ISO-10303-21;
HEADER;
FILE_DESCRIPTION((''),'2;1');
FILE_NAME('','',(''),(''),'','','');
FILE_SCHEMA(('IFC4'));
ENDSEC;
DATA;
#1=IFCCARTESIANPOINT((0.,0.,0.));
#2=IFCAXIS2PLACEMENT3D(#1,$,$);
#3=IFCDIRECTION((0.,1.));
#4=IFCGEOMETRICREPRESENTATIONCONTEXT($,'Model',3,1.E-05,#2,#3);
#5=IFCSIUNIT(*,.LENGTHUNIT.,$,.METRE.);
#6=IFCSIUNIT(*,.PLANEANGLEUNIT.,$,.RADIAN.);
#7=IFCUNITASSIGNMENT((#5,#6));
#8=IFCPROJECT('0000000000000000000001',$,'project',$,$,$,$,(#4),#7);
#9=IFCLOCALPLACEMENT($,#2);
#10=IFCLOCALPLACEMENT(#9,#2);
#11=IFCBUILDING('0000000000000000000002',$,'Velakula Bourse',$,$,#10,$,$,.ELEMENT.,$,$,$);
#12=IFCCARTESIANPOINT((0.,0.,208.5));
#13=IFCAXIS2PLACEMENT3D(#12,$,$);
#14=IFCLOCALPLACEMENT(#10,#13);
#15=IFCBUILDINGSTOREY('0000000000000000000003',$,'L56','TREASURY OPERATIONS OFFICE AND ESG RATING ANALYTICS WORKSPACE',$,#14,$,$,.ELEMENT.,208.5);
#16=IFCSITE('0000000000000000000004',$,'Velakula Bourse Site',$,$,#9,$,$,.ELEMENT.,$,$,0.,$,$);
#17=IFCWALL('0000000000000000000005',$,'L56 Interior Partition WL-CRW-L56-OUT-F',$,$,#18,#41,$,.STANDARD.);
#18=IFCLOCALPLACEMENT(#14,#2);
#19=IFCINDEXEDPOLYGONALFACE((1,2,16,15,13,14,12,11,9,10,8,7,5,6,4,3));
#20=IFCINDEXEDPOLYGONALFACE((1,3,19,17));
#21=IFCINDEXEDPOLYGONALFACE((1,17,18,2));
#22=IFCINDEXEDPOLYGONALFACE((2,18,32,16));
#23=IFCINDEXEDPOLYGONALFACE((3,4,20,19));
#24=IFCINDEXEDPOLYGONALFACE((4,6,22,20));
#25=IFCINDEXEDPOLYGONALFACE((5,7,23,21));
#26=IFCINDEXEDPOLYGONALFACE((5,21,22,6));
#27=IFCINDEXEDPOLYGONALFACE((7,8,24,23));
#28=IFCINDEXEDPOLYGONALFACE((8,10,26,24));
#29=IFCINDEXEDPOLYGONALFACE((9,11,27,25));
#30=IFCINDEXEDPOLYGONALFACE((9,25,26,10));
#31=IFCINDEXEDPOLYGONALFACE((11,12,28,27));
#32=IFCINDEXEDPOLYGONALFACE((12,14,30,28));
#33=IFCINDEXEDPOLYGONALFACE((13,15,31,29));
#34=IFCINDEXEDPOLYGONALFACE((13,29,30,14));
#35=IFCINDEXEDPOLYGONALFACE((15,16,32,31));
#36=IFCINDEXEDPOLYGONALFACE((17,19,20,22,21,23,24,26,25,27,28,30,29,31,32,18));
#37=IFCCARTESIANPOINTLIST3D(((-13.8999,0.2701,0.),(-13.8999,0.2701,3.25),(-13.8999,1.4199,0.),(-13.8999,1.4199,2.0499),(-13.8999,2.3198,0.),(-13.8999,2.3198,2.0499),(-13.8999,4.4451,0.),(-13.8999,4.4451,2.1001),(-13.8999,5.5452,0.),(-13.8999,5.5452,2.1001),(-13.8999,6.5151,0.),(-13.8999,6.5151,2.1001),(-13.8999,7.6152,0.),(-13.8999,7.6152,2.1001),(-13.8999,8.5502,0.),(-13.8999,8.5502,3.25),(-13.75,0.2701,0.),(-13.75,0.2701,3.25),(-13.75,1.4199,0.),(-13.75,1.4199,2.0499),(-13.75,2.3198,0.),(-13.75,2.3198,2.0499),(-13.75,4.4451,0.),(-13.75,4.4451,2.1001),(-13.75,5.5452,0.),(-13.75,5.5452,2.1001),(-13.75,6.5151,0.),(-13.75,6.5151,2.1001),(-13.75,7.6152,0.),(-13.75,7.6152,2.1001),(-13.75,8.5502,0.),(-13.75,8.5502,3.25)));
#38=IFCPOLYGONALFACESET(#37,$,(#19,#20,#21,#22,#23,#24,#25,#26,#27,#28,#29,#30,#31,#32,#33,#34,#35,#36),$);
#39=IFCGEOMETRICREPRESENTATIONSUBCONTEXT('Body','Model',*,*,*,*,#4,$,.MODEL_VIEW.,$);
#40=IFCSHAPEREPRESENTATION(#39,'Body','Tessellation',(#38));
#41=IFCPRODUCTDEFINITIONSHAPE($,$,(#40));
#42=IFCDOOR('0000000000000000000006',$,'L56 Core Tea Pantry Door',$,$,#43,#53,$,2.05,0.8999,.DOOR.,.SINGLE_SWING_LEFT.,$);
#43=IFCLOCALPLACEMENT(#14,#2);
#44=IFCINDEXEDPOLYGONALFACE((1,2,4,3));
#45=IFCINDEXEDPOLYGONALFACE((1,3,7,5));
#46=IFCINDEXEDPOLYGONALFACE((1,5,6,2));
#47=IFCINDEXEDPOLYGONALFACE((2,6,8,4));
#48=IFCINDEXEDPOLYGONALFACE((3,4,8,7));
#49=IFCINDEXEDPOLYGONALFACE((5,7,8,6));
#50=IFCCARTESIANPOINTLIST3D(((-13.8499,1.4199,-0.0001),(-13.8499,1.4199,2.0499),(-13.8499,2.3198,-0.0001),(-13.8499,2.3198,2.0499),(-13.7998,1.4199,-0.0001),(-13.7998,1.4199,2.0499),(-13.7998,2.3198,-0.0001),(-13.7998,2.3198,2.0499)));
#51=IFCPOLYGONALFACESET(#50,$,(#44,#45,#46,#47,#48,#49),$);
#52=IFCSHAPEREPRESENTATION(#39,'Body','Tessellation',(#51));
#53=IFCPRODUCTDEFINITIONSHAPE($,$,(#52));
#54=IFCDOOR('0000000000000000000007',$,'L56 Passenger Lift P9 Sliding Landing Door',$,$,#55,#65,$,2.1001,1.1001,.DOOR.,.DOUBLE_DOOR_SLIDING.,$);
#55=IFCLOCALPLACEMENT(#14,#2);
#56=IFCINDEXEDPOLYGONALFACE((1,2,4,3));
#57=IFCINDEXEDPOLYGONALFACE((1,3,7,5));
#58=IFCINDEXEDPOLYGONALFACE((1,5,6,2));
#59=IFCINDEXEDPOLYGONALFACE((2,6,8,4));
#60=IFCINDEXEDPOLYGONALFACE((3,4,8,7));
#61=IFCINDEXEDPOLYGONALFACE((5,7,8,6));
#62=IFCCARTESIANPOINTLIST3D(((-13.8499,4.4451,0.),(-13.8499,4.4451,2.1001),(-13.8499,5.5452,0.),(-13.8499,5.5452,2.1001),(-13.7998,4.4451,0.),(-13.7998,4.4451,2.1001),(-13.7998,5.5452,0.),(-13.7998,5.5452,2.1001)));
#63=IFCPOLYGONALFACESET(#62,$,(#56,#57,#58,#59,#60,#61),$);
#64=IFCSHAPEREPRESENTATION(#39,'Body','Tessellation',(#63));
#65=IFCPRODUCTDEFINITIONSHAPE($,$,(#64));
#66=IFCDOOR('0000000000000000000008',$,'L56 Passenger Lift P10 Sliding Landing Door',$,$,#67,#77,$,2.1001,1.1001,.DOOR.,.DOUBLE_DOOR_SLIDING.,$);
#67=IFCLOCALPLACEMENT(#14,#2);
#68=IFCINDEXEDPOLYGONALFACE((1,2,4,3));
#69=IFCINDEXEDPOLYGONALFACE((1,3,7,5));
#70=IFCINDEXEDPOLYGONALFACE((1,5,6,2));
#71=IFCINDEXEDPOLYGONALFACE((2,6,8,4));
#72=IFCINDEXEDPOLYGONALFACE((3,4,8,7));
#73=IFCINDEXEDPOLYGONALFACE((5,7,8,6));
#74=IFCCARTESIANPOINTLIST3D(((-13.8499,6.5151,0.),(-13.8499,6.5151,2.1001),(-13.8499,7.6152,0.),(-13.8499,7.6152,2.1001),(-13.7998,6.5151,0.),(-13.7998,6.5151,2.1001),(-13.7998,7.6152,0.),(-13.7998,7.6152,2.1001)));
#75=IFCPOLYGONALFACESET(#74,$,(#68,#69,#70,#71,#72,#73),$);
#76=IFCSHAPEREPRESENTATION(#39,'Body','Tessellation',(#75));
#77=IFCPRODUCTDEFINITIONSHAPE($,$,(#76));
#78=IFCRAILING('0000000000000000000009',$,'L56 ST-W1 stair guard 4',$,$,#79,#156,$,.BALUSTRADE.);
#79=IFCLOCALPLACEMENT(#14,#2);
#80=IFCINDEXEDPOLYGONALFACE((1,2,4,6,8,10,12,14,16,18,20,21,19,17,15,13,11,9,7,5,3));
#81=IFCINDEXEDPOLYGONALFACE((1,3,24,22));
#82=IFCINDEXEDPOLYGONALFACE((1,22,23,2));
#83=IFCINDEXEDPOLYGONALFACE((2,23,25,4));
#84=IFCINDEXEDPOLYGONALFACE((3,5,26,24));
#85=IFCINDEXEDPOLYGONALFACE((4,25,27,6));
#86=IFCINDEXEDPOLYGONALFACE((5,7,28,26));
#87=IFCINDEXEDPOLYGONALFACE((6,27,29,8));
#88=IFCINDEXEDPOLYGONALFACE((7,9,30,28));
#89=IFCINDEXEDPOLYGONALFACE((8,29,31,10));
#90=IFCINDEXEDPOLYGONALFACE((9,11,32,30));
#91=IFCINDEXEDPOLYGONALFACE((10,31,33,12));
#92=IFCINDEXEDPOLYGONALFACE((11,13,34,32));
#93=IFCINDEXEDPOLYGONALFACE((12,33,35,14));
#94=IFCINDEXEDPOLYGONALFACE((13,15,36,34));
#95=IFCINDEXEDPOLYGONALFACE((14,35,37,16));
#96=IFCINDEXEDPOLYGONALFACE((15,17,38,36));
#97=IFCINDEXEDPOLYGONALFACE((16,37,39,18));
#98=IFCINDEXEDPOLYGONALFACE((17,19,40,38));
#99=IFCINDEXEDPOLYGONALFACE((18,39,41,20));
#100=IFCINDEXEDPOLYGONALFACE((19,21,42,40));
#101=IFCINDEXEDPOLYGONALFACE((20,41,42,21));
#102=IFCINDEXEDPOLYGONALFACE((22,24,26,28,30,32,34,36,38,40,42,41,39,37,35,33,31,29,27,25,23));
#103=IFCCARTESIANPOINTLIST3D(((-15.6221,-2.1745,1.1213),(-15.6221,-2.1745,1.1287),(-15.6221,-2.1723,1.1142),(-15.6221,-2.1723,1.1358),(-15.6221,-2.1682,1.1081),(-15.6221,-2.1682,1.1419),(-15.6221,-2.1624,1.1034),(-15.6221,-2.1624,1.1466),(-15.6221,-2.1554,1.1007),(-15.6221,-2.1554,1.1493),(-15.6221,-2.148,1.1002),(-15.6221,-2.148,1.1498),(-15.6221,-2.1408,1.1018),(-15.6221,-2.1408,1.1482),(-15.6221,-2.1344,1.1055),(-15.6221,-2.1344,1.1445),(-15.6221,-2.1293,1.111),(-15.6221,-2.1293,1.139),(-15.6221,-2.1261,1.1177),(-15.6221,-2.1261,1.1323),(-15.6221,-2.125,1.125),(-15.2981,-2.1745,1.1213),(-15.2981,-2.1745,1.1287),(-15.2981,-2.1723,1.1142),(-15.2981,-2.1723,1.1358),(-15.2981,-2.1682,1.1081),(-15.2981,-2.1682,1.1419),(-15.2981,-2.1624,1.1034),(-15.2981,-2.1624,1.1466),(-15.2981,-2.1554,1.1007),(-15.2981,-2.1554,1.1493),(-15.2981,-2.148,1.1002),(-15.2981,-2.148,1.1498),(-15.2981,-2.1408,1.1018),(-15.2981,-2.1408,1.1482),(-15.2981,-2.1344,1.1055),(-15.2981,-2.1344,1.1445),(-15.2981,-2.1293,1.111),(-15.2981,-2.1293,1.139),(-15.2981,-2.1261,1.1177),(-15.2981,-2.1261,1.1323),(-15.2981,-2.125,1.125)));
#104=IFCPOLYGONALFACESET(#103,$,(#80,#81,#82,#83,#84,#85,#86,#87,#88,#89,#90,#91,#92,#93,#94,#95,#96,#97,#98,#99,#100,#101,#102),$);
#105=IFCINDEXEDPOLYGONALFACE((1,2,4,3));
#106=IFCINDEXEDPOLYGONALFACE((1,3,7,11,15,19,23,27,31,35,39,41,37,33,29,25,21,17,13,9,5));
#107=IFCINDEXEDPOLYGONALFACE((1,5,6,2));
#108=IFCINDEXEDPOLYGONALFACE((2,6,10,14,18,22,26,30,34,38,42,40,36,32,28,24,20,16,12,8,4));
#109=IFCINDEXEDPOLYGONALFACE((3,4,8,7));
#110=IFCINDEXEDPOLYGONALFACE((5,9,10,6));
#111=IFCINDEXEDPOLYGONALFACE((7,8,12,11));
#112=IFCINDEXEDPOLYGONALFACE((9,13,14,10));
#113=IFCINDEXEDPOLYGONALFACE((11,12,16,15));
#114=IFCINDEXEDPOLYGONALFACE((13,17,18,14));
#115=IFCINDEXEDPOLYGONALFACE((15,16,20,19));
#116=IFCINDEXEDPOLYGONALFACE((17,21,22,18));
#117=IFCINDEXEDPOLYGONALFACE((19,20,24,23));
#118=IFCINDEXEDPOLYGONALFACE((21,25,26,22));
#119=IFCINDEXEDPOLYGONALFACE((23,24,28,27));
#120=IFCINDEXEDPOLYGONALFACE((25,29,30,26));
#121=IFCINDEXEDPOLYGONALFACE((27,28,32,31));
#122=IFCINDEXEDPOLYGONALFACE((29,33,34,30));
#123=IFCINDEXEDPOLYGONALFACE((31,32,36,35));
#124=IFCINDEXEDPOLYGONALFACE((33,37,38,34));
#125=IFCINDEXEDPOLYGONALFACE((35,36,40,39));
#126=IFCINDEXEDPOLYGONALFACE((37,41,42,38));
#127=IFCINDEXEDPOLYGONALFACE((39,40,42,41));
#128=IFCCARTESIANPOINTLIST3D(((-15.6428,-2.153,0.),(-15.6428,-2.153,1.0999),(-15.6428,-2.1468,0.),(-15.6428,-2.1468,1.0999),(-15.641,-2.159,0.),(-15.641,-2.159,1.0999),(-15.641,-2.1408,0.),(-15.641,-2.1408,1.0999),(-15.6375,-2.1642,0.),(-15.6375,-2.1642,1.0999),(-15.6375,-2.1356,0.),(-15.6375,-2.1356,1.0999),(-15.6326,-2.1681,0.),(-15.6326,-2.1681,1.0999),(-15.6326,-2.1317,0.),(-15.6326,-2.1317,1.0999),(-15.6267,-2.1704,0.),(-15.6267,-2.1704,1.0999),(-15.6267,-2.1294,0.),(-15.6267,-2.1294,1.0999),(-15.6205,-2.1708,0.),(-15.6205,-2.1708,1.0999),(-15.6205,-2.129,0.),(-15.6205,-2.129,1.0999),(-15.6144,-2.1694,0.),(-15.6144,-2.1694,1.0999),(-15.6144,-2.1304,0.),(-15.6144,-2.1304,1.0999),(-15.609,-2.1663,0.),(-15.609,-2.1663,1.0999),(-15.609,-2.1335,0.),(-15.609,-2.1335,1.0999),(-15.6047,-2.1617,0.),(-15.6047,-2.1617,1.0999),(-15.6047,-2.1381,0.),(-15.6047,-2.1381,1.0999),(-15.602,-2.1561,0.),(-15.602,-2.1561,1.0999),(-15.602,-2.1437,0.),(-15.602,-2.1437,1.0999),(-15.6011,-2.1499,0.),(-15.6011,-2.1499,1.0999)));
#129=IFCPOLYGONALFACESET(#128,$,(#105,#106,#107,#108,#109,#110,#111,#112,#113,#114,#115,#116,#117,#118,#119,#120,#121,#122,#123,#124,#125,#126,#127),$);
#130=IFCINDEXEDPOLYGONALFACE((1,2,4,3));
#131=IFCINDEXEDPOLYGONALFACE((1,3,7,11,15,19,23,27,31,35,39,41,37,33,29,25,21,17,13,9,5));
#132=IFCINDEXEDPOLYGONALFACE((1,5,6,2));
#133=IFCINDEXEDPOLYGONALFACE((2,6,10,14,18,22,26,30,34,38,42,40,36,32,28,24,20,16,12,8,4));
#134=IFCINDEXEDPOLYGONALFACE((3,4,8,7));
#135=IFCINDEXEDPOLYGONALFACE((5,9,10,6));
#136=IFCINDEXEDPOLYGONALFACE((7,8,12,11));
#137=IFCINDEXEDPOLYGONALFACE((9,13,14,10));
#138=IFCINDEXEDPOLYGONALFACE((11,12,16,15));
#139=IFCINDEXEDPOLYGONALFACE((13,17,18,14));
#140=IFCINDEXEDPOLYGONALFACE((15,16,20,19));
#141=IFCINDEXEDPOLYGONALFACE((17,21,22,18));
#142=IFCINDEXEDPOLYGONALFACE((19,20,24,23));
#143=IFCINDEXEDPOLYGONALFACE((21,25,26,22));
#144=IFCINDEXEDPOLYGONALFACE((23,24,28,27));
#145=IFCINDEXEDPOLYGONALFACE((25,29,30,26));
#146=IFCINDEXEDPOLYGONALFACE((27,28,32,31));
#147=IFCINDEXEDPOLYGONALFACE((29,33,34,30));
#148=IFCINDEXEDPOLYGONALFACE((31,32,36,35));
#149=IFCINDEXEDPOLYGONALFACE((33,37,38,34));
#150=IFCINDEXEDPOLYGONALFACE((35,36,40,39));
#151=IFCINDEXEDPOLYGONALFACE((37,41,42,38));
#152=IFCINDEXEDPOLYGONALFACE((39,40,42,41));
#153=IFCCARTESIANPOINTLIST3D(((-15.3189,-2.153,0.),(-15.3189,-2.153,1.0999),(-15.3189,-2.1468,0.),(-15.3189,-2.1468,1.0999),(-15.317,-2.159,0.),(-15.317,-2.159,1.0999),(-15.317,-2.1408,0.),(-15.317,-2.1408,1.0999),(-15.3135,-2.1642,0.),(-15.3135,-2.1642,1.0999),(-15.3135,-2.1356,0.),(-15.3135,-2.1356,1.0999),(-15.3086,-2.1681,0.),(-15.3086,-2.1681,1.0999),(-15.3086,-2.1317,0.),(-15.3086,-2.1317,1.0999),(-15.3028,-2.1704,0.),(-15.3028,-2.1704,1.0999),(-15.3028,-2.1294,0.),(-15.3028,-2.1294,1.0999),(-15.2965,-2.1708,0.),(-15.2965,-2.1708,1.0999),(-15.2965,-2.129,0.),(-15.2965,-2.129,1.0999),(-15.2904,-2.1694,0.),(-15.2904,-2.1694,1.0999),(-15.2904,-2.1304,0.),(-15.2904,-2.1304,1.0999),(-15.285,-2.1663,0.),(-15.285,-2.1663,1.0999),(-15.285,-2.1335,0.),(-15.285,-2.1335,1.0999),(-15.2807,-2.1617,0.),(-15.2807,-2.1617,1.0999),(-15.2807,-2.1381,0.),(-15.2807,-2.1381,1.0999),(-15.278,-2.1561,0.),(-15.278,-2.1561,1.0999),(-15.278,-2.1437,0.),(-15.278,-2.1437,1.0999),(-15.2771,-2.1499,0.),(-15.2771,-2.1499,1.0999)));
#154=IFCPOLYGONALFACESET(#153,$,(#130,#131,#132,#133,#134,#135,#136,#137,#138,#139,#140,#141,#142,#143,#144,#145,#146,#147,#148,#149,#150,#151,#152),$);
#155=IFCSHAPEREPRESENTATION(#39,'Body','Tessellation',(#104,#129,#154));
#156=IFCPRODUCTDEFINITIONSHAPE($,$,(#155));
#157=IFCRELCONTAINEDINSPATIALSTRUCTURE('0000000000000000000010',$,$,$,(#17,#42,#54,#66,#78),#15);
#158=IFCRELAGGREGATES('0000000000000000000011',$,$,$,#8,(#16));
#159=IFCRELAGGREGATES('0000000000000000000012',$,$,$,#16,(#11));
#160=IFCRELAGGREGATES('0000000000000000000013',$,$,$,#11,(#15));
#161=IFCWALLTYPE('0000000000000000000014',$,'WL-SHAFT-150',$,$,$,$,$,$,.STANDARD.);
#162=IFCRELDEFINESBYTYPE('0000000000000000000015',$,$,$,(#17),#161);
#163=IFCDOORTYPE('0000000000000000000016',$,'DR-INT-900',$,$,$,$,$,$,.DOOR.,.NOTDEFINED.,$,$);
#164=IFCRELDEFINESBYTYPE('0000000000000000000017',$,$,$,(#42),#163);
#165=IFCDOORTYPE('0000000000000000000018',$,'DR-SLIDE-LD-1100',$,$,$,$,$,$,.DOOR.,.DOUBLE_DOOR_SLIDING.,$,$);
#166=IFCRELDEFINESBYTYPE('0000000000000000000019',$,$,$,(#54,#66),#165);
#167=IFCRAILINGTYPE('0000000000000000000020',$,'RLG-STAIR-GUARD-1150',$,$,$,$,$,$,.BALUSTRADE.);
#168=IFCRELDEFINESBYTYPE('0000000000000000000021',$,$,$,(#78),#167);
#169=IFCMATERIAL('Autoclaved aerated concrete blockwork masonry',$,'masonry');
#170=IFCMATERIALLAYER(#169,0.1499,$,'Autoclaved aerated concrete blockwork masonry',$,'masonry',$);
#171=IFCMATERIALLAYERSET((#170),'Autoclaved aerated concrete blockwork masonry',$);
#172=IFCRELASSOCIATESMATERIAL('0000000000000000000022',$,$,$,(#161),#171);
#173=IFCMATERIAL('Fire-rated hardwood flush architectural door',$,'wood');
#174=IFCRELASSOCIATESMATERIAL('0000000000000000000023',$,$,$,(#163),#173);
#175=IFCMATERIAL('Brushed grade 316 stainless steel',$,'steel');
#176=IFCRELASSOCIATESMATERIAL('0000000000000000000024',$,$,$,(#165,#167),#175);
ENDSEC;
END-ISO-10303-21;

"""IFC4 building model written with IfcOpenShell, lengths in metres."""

from ifc_helpers import new_model, si_unit, direction, frame, frame_2d, origin, origin_2d, place, context, subcontext, project, spatial, rectangle, circle, extrude, material, layer, layer_set, type_object, element, fill, save


model = new_model("IFC4")

# Units and contexts
model_context = context("Model", 3, precision=1e-05, world=origin(), true_north=direction((0.0, 1.0)))
body_context = subcontext(model_context, "Body", "Model", "MODEL_VIEW")
ifc_project = project(units=[si_unit("LENGTHUNIT", "METRE"), si_unit("PLANEANGLEUNIT", "RADIAN")], contexts=[model_context])

# Site, building, storey
site_placement = place(None, origin())
site = spatial("IfcSite", under=ifc_project, at=site_placement, Name="Velakula Bourse Site", CompositionType="ELEMENT", RefElevation=0.0)
building_placement = place(site_placement, origin())
building = spatial("IfcBuilding", under=site, at=building_placement, Name="Velakula Bourse", CompositionType="ELEMENT")
storey_placement = place(building_placement, frame((0.0, 0.0, 208.5)))
storey = spatial("IfcBuildingStorey", under=building, at=storey_placement, Name="L56", Description="TREASURY OPERATIONS OFFICE AND ESG RATING ANALYTICS WORKSPACE", CompositionType="ELEMENT", Elevation=208.5)

# Shared definitions
ifc_material_1 = material(Name="Fire-rated hardwood flush architectural door", Category="wood")

# Wall, openings, doors
ifc_material_2 = material(Name="Autoclaved aerated concrete blockwork masonry", Category="masonry")
ifc_layer_1 = layer(ifc_material_2, 0.1499, Name="Autoclaved aerated concrete blockwork masonry", Category="masonry")
ifc_layer_set_1 = layer_set([ifc_layer_1], Name="Autoclaved aerated concrete blockwork masonry")
wall_type_1 = type_object("IfcWallType", Name="WL-SHAFT-150", PredefinedType="STANDARD", material=ifc_layer_set_1)
wall_1_placement = place(storey_placement, frame((-13.825, 0.27, 0.0), z_axis=(0.0, 0.0, 1.0), x_axis=(0.0, 1.0, 0.0)))
wall_1 = element("IfcWall", 1, at=wall_1_placement, inside=storey, type_object=wall_type_1, Name="L56 Interior Partition WL-CRW-L56-OUT-F", PredefinedType="STANDARD", context=body_context, shape_type="SweptSolid", body=[
    extrude(rectangle(XDim=8.28, YDim=0.1499, at=frame_2d((4.1401, 0.0))), origin(), (0.0, 0.0, 1.0), 3.25),
])
opening_1_placement = place(wall_1_placement, frame((4.175, 0.0, 0.0)))
opening_1 = element("IfcOpeningElement", 2, at=opening_1_placement, cuts=wall_1, PredefinedType="OPENING", context=body_context, shape_type="SweptSolid", body=[
    extrude(rectangle(XDim=1.1001, YDim=2.1001, at=frame_2d((0.55, 1.05))), frame((0.0, 0.085, 0.0), z_axis=(0.0, -1.0, 0.0), x_axis=(1.0, 0.0, 0.0)), (0.0, 0.0, 1.0), 0.1699),
])
opening_2_placement = place(wall_1_placement, frame((6.2451, 0.0, 0.0)))
opening_2 = element("IfcOpeningElement", 3, at=opening_2_placement, cuts=wall_1, PredefinedType="OPENING", context=body_context, shape_type="SweptSolid", body=[
    extrude(rectangle(XDim=1.1001, YDim=2.1001, at=frame_2d((0.55, 1.05))), frame((0.0, 0.085, 0.0), z_axis=(0.0, -1.0, 0.0), x_axis=(1.0, 0.0, 0.0)), (0.0, 0.0, 1.0), 0.1699),
])
opening_3_placement = place(wall_1_placement, frame((1.1499, 0.0, 0.0)))
opening_3 = element("IfcOpeningElement", 4, at=opening_3_placement, cuts=wall_1, PredefinedType="OPENING", context=body_context, shape_type="SweptSolid", body=[
    extrude(rectangle(XDim=0.8999, YDim=2.05, at=frame_2d((0.45, 1.0249))), frame((0.0, 0.085, 0.0), z_axis=(0.0, -1.0, 0.0), x_axis=(1.0, 0.0, 0.0)), (0.0, 0.0, 1.0), 0.1699),
])
door_type_1 = type_object("IfcDoorType", Name="DR-INT-900", OperationType="NOTDEFINED", PredefinedType="DOOR", material=ifc_material_1)
door_1_placement = place(opening_3_placement, origin())
door_1 = element("IfcDoor", 5, at=door_1_placement, inside=storey, type_object=door_type_1, Name="L56 Core Tea Pantry Door", OperationType="SINGLE_SWING_LEFT", OverallHeight=2.05, OverallWidth=0.8999, PredefinedType="DOOR", context=body_context, shape_type="SweptSolid", body=[
    extrude(rectangle(XDim=0.8999, YDim=2.05, at=frame_2d((0.45, 1.0249))), frame((0.0, 0.0249, 0.0), z_axis=(0.0, -1.0, 0.0), x_axis=(1.0, 0.0, 0.0)), (0.0, 0.0, 1.0), 0.05),
])
fill(opening_3, door_1)
ifc_material_3 = material(Name="Brushed grade 316 stainless steel", Category="steel")
door_type_2 = type_object("IfcDoorType", Name="DR-SLIDE-LD-1100", OperationType="DOUBLE_DOOR_SLIDING", PredefinedType="DOOR", material=ifc_material_3)
door_2_placement = place(opening_1_placement, origin())
door_2 = element("IfcDoor", 6, at=door_2_placement, inside=storey, type_object=door_type_2, Name="L56 Passenger Lift P9 Sliding Landing Door", OperationType="DOUBLE_DOOR_SLIDING", OverallHeight=2.1001, OverallWidth=1.1001, PredefinedType="DOOR", context=body_context, shape_type="SweptSolid", body=[
    extrude(rectangle(XDim=1.1001, YDim=2.1001, at=frame_2d((0.55, 1.05))), frame((0.0, 0.0249, 0.0), z_axis=(0.0, -1.0, 0.0), x_axis=(1.0, 0.0, 0.0)), (0.0, 0.0, 1.0), 0.05),
])
fill(opening_1, door_2)
door_3_placement = place(opening_2_placement, origin())
door_3 = element("IfcDoor", 7, at=door_3_placement, inside=storey, type_object=door_type_2, Name="L56 Passenger Lift P10 Sliding Landing Door", OperationType="DOUBLE_DOOR_SLIDING", OverallHeight=2.1001, OverallWidth=1.1001, PredefinedType="DOOR", context=body_context, shape_type="SweptSolid", body=[
    extrude(rectangle(XDim=1.1001, YDim=2.1001, at=frame_2d((0.55, 1.05))), frame((0.0, 0.0249, 0.0), z_axis=(0.0, -1.0, 0.0), x_axis=(1.0, 0.0, 0.0)), (0.0, 0.0, 1.0), 0.05),
])
fill(opening_2, door_3)

# Railing
railing_type = type_object("IfcRailingType", Name="RLG-STAIR-GUARD-1150", PredefinedType="BALUSTRADE", material=ifc_material_3)
railing_placement = place(storey_placement, frame((-15.6221, -2.1499, 0.0)))
element("IfcRailing", 8, at=railing_placement, inside=storey, type_object=railing_type, Name="L56 ST-W1 stair guard 4", PredefinedType="BALUSTRADE", context=body_context, shape_type="SweptSolid", body=[
    extrude(circle(Radius=0.0249, at=origin_2d()), frame((0.0, 0.0, 1.125), z_axis=(1.0, 0.0, 0.0), x_axis=(0.0, 1.0, 0.0)), (0.0, 0.0, 1.0), 0.324),
    extrude(circle(Radius=0.021, at=origin_2d()), origin(), (0.0, 0.0, 1.0), 1.0999),
    extrude(circle(Radius=0.021, at=origin_2d()), frame((0.324, 0.0, 0.0)), (0.0, 0.0, 1.0), 1.0999),
])

save(model, "model.ifc")
